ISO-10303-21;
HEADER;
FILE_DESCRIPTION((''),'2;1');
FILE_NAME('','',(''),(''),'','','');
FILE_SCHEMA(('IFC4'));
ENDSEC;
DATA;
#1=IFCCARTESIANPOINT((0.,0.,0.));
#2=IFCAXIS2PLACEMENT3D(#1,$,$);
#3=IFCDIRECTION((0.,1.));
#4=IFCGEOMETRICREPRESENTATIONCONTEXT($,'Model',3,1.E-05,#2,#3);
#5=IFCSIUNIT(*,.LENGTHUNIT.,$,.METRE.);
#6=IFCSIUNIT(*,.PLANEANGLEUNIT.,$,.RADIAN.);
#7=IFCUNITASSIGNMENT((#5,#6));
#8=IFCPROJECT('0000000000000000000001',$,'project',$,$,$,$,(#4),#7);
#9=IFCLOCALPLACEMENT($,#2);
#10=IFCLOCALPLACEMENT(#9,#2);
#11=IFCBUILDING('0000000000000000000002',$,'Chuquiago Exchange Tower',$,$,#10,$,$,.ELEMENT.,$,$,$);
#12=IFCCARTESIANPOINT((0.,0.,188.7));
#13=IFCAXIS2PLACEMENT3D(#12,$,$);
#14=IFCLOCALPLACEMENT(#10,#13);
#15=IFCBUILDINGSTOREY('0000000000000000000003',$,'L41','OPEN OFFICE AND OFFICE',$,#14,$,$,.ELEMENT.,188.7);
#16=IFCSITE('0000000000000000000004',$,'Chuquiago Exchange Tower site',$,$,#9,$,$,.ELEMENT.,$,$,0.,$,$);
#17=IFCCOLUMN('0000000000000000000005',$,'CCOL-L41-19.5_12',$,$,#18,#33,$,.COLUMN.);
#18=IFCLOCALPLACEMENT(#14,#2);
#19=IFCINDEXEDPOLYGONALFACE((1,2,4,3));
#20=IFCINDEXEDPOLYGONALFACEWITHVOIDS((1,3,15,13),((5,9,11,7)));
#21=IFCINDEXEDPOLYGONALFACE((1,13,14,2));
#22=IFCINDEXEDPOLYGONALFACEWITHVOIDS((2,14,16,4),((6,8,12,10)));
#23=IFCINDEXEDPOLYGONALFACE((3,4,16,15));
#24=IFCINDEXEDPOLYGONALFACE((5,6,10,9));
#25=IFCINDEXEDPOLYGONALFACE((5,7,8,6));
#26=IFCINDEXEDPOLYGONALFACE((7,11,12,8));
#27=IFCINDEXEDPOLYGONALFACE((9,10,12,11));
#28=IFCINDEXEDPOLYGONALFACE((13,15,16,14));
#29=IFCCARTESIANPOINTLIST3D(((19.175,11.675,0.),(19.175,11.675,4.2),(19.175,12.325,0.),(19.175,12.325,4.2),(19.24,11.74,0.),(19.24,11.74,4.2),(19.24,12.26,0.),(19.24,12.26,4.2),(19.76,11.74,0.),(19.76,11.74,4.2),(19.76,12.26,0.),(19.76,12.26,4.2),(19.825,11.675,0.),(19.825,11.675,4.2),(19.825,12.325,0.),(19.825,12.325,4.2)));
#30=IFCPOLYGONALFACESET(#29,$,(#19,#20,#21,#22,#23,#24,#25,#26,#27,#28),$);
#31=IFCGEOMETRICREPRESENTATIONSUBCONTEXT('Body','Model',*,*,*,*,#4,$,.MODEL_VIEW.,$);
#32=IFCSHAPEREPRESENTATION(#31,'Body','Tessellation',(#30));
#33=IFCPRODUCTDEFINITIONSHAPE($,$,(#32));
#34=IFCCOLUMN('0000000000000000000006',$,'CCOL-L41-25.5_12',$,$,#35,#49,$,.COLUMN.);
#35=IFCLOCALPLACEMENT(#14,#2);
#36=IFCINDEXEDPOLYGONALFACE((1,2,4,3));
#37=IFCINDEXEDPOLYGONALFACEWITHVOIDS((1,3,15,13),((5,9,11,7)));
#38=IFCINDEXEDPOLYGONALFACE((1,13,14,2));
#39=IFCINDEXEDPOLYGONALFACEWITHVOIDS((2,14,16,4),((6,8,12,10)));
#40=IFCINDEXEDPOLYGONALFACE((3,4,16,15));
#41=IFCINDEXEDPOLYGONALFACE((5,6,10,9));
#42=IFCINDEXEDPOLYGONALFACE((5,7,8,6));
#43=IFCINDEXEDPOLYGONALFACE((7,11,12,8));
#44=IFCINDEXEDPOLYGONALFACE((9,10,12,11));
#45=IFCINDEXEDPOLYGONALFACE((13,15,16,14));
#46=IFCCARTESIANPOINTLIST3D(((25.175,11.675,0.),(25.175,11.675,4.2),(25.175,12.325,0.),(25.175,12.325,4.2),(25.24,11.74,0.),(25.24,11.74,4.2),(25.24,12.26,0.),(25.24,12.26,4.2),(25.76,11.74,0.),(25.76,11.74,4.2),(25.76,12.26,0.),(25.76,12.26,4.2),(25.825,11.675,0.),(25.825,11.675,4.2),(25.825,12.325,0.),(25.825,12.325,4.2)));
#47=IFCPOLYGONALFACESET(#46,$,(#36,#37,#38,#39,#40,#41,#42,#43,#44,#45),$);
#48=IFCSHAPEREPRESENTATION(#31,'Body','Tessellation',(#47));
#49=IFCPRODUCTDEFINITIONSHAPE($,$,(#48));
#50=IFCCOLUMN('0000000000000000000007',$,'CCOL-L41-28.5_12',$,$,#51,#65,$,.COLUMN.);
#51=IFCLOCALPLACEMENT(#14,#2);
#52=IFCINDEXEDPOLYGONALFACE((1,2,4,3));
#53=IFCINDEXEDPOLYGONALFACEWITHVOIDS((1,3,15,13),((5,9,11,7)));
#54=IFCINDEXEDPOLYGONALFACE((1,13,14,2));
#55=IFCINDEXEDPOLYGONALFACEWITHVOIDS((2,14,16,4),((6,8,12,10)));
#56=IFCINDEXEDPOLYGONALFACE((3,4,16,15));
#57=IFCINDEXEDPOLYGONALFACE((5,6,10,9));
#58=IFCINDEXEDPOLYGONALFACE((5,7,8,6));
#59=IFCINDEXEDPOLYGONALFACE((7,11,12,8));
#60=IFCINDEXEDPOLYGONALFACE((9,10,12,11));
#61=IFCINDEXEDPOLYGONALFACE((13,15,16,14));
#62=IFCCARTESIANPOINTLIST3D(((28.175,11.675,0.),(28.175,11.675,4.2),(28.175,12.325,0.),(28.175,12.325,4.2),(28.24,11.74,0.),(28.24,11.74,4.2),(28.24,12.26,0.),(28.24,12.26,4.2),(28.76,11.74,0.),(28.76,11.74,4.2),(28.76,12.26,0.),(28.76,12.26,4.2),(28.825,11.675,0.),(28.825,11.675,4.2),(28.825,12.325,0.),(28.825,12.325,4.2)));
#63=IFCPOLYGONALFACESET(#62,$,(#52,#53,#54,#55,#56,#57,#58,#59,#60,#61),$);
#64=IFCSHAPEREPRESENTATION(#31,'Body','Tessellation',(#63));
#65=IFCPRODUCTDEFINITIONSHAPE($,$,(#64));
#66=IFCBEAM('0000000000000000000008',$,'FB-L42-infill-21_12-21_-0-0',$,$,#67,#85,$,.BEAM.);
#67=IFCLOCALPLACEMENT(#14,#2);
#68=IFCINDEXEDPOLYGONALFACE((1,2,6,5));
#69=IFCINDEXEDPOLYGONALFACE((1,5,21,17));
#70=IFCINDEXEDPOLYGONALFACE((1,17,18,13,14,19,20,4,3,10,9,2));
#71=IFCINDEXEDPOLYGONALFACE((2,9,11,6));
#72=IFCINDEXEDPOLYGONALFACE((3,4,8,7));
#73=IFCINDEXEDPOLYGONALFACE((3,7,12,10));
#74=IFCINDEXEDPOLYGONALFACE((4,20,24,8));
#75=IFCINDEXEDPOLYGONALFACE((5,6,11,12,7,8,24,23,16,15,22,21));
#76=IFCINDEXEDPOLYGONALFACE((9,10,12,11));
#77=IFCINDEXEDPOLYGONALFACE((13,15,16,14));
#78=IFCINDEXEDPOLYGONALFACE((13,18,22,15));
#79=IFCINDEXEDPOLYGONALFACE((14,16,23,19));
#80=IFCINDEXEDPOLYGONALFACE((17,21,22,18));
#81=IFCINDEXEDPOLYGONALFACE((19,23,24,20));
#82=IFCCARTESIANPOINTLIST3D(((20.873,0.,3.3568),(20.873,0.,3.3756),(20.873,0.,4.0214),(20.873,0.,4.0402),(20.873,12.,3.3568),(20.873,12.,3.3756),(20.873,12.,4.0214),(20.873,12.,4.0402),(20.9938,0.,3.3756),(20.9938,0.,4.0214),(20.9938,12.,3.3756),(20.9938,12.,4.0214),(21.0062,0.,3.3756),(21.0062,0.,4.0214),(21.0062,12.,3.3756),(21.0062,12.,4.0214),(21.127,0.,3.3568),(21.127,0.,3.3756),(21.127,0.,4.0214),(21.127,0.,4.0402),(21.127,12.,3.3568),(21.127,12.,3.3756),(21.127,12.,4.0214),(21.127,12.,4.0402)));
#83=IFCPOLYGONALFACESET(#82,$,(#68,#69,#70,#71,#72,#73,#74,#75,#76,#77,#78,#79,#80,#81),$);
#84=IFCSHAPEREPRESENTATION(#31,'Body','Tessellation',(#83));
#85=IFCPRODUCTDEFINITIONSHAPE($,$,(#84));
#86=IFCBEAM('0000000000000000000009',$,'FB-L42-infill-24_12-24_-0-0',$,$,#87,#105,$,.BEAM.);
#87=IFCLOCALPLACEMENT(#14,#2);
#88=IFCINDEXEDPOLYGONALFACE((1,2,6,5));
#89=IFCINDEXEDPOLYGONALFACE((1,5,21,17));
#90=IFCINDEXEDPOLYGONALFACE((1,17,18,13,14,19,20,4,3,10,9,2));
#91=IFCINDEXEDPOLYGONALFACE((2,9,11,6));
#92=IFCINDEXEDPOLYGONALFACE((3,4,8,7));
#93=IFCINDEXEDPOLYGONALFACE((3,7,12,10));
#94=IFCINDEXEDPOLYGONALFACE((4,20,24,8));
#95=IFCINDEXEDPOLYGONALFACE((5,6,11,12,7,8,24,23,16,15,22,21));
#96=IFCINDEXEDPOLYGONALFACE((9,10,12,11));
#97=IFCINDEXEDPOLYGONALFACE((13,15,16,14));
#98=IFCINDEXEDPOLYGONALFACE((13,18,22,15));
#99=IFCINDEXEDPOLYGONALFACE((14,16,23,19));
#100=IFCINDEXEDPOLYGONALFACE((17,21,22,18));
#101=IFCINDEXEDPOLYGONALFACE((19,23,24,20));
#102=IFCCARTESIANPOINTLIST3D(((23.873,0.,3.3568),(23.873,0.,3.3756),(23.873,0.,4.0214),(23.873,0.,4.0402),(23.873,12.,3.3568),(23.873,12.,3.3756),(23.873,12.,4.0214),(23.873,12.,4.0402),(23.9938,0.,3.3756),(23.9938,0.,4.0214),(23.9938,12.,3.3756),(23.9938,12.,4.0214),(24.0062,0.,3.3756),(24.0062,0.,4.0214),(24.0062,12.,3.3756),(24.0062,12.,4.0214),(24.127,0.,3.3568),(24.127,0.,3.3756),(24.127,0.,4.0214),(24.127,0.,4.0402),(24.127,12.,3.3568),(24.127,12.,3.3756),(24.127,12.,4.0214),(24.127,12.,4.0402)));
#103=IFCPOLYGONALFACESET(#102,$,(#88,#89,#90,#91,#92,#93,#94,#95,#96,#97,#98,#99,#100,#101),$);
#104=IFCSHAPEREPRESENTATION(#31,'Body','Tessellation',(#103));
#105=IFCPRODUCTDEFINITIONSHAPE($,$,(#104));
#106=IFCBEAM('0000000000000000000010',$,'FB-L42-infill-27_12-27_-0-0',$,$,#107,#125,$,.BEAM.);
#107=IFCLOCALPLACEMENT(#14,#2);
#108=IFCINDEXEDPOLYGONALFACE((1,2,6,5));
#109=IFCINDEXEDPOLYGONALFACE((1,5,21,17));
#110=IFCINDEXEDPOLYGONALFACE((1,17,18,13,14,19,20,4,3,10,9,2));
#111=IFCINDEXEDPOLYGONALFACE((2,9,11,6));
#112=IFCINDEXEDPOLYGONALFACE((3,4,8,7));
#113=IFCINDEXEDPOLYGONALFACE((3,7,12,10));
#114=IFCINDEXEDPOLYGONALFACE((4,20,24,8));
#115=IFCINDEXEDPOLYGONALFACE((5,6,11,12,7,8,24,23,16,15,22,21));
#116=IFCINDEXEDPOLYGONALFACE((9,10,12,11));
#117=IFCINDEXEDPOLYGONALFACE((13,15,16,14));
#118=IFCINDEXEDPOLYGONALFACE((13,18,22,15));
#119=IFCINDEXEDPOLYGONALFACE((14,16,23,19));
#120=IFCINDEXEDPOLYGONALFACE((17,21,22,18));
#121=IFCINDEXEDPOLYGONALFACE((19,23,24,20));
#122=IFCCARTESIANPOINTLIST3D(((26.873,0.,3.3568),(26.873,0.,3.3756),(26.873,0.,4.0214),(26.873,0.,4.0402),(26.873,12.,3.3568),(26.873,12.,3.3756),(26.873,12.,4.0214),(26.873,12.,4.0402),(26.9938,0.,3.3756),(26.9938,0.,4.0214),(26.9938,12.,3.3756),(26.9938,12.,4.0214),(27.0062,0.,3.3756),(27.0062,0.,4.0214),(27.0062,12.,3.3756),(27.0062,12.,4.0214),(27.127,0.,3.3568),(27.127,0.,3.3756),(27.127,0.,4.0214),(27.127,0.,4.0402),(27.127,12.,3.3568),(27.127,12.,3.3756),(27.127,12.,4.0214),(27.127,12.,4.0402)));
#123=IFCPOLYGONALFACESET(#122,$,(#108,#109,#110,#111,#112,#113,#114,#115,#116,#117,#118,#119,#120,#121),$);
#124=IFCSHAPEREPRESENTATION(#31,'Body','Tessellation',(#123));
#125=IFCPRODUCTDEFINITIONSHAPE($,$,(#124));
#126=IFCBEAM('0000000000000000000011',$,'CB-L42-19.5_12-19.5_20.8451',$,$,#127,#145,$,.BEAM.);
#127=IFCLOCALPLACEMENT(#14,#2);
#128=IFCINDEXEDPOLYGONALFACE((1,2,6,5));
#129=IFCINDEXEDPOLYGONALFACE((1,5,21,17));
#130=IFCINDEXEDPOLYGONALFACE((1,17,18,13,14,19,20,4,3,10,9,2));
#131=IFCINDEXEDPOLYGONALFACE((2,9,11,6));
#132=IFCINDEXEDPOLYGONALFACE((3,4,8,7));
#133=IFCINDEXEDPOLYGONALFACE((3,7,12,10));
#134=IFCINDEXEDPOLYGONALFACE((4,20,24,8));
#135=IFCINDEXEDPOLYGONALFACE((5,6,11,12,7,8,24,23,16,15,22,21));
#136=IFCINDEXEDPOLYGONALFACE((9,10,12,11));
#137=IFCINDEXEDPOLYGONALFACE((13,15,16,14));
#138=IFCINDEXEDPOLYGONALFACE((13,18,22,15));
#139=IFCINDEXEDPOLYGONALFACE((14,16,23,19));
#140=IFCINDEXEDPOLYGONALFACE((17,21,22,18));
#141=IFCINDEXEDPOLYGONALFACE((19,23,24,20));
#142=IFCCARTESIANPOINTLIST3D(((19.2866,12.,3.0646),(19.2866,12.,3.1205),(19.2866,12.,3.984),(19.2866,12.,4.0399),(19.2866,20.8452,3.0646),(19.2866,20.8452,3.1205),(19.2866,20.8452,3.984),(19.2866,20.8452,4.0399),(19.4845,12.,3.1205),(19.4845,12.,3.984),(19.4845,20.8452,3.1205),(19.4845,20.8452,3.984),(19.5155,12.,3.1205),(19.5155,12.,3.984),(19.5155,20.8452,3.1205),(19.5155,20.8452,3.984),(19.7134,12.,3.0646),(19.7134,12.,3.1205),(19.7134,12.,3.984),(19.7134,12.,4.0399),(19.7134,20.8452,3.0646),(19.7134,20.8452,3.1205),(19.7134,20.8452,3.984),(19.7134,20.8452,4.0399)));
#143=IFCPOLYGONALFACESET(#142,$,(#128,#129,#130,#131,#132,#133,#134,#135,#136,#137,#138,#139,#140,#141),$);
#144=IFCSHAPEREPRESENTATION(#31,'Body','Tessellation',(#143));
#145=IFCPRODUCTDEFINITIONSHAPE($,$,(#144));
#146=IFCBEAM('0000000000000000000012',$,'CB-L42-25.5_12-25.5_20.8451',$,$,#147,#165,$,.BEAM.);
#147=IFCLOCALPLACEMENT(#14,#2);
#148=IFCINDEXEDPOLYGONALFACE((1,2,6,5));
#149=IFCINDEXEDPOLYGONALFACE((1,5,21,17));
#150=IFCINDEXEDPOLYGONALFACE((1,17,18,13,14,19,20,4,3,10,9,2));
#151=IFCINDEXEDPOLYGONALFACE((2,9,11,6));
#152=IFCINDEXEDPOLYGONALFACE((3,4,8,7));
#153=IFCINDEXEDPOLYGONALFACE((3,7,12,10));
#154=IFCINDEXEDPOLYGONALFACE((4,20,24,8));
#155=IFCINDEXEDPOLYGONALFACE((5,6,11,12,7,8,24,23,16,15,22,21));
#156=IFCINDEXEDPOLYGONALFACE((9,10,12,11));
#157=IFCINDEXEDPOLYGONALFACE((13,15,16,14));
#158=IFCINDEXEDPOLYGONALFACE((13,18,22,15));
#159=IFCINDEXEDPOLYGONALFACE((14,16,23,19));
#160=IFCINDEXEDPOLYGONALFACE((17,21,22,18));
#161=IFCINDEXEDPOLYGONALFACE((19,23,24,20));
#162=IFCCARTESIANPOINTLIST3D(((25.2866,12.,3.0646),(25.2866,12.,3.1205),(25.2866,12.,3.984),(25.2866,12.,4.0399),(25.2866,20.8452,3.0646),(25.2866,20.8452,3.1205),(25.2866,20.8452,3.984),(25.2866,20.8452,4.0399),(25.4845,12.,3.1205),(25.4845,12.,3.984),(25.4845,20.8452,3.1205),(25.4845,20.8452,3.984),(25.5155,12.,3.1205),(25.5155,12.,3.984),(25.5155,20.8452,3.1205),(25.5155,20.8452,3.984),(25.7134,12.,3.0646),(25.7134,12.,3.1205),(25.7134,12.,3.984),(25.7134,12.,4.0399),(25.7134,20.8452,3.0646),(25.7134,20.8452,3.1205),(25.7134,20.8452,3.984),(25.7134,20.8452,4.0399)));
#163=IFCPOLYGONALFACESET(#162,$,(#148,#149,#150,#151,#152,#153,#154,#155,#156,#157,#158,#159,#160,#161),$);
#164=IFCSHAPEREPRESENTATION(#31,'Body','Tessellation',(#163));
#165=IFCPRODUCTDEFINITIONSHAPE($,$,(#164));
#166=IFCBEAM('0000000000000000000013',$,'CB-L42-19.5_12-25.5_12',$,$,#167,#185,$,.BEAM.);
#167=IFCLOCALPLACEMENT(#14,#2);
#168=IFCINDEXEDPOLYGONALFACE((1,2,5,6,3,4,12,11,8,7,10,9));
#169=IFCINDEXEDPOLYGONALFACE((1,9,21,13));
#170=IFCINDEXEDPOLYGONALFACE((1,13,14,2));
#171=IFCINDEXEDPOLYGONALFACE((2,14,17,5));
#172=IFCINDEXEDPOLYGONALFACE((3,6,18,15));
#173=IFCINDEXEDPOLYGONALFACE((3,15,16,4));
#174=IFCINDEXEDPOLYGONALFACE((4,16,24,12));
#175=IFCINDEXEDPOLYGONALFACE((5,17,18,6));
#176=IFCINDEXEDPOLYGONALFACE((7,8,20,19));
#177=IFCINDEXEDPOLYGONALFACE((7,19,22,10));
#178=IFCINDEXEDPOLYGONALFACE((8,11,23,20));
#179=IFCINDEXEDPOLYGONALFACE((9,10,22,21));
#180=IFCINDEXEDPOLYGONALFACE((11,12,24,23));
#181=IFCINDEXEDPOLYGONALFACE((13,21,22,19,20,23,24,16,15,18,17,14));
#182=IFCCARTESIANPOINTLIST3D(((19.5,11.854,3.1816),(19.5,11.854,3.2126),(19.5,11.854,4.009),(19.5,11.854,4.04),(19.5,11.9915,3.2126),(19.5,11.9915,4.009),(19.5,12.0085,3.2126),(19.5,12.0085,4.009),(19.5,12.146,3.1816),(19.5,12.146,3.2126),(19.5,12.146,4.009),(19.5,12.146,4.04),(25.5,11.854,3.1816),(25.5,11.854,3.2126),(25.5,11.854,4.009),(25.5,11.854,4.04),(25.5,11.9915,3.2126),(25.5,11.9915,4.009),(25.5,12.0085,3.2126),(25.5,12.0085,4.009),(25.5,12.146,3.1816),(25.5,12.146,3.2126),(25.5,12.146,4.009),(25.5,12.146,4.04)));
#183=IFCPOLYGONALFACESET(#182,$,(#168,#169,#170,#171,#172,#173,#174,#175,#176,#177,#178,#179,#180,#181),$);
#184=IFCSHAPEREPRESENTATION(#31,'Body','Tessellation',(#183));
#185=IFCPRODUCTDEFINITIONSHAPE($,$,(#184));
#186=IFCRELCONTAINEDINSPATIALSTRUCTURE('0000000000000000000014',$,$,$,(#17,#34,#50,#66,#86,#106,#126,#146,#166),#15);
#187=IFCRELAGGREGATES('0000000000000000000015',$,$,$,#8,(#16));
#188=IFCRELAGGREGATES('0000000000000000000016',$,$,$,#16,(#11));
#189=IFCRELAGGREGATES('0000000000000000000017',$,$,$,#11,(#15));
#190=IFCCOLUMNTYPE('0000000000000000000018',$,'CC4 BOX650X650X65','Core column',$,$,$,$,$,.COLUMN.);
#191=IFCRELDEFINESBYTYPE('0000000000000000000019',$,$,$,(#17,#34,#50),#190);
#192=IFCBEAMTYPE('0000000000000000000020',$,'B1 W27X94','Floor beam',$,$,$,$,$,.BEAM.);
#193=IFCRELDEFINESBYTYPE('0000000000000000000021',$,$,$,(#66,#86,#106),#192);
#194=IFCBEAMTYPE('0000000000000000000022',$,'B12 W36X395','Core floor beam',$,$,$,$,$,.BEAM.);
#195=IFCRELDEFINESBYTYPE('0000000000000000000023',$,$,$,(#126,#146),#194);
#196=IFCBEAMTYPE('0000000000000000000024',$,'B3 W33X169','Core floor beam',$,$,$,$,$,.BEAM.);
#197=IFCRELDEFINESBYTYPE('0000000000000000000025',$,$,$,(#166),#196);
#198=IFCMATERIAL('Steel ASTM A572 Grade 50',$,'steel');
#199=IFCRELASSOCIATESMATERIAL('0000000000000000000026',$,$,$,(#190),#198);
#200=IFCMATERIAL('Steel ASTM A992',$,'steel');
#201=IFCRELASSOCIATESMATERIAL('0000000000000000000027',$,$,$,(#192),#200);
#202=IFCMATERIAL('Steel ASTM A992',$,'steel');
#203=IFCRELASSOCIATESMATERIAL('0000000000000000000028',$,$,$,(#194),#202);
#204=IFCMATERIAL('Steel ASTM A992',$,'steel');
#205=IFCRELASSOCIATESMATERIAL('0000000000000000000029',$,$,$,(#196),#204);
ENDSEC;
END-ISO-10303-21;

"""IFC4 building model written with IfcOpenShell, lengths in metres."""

from ifc_helpers import new_model, si_unit, direction, frame, origin, origin_2d, place, context, subcontext, project, spatial, hollow_rectangle, i_section, extrude, material, material_profile, profile_set, type_object, element, save


model = new_model("IFC4")

# Units and contexts
model_context = context("Model", 3, precision=1e-05, world=origin(), true_north=direction((0.0, 1.0)))
body_context = subcontext(model_context, "Body", "Model", "MODEL_VIEW")
ifc_project = project(units=[si_unit("LENGTHUNIT", "METRE"), si_unit("PLANEANGLEUNIT", "RADIAN")], contexts=[model_context])

# Site, building, storey
site_placement = place(None, origin())
site = spatial("IfcSite", under=ifc_project, at=site_placement, Name="Chuquiago Exchange Tower site", CompositionType="ELEMENT", RefElevation=0.0)
building_placement = place(site_placement, origin())
building = spatial("IfcBuilding", under=site, at=building_placement, Name="Chuquiago Exchange Tower", CompositionType="ELEMENT")
storey_placement = place(building_placement, frame((0.0, 0.0, 188.7)))
storey = spatial("IfcBuildingStorey", under=building, at=storey_placement, Name="L41", Description="OPEN OFFICE AND OFFICE", CompositionType="ELEMENT", Elevation=188.7)

# Columns
ifc_material_1 = material(Name="Steel ASTM A572 Grade 50", Category="steel")
ifc_material_profile_1 = material_profile(ifc_material_1, hollow_rectangle(XDim=0.6499, YDim=0.6499, WallThickness=0.0649, at=origin_2d()), Name="BOX650X650X65")
ifc_profile_set_1 = profile_set([ifc_material_profile_1], Name="Steel ASTM A572 Grade 50")
column_type = type_object("IfcColumnType", Name="CC4 BOX650X650X65", Description="Core column", PredefinedType="COLUMN", material=ifc_profile_set_1)
for number, where, z_axis, x_axis, name in (
    (1, (19.5, 12.0, 0.0), (0.0, 0.0, 1.0), (1.0, 0.0, 0.0), "CCOL-L41-19.5_12"),
    (2, (25.5, 12.0, 0.0), (0.0, 0.0, 1.0), (1.0, 0.0, 0.0), "CCOL-L41-25.5_12"),
    (3, (28.5, 12.0, 0.0), (0.0, 0.0, 1.0), (1.0, 0.0, 0.0), "CCOL-L41-28.5_12"),
):
    element("IfcColumn", number, at=place(storey_placement, frame(where, z_axis=z_axis, x_axis=x_axis)), inside=storey, type_object=column_type, Name=name, PredefinedType="COLUMN", context=body_context, shape_type="SweptSolid", body=[
        extrude(hollow_rectangle(XDim=0.6499, YDim=0.6499, WallThickness=0.0649, at=origin_2d()), origin(), (0.0, 0.0, 1.0), 4.2),
    ])

# Beams
ifc_material_2 = material(Name="Steel ASTM A992", Category="steel")
ifc_material_profile_2 = material_profile(ifc_material_2, i_section(OverallWidth=0.2539, OverallDepth=0.6833, WebThickness=0.0125, FlangeThickness=0.0188, at=origin_2d()), Name="W27X94")
ifc_profile_set_2 = profile_set([ifc_material_profile_2], Name="Steel ASTM A992")
beam_type_1 = type_object("IfcBeamType", Name="B1 W27X94", Description="Floor beam", PredefinedType="BEAM", material=ifc_profile_set_2)
for number, where, z_axis, x_axis, name in (
    (4, (21.0, 12.0, 3.6985), (0.0, -1.0, 0.0), (1.0, 0.0, 0.0), "FB-L42-infill-21_12-21_-0-0"),
    (5, (24.0, 12.0, 3.6985), (0.0, -1.0, 0.0), (1.0, 0.0, 0.0), "FB-L42-infill-24_12-24_-0-0"),
    (6, (27.0, 12.0, 3.6985), (0.0, -1.0, 0.0), (1.0, 0.0, 0.0), "FB-L42-infill-27_12-27_-0-0"),
):
    element("IfcBeam", number, at=place(storey_placement, frame(where, z_axis=z_axis, x_axis=x_axis)), inside=storey, type_object=beam_type_1, Name=name, PredefinedType="BEAM", context=body_context, shape_type="SweptSolid", body=[
        extrude(i_section(OverallWidth=0.2539, OverallDepth=0.6833, WebThickness=0.0125, FlangeThickness=0.0188, at=origin_2d()), origin(), (0.0, 0.0, 1.0), 12.0),
    ])
ifc_material_3 = material(Name="Steel ASTM A992", Category="steel")
ifc_material_profile_3 = material_profile(ifc_material_3, i_section(OverallWidth=0.4268, OverallDepth=0.9753, WebThickness=0.031, FlangeThickness=0.0559, at=origin_2d()), Name="W36X395")
ifc_profile_set_3 = profile_set([ifc_material_profile_3], Name="Steel ASTM A992")
beam_type_2 = type_object("IfcBeamType", Name="B12 W36X395", Description="Core floor beam", PredefinedType="BEAM", material=ifc_profile_set_3)
for number, where, z_axis, x_axis, name in (
    (7, (19.5, 12.0, 3.5522), (0.0, 1.0, 0.0), (-1.0, 0.0, 0.0), "CB-L42-19.5_12-19.5_20.8451"),
    (8, (25.5, 12.0, 3.5522), (0.0, 1.0, 0.0), (-1.0, 0.0, 0.0), "CB-L42-25.5_12-25.5_20.8451"),
):
    element("IfcBeam", number, at=place(storey_placement, frame(where, z_axis=z_axis, x_axis=x_axis)), inside=storey, type_object=beam_type_2, Name=name, PredefinedType="BEAM", context=body_context, shape_type="SweptSolid", body=[
        extrude(i_section(OverallWidth=0.4268, OverallDepth=0.9753, WebThickness=0.031, FlangeThickness=0.0559, at=origin_2d()), origin(), (0.0, 0.0, 1.0), 8.8452),
    ])
ifc_material_4 = material(Name="Steel ASTM A992", Category="steel")
ifc_material_profile_4 = material_profile(ifc_material_4, i_section(OverallWidth=0.292, OverallDepth=0.8584, WebThickness=0.0171, FlangeThickness=0.031, at=origin_2d()), Name="W33X169")
ifc_profile_set_4 = profile_set([ifc_material_profile_4], Name="Steel ASTM A992")
beam_type_3 = type_object("IfcBeamType", Name="B3 W33X169", Description="Core floor beam", PredefinedType="BEAM", material=ifc_profile_set_4)
beam_1_placement = place(storey_placement, frame((19.5, 12.0, 3.6108), z_axis=(1.0, 0.0, 0.0), x_axis=(0.0, 1.0, 0.0)))
element("IfcBeam", 9, at=beam_1_placement, inside=storey, type_object=beam_type_3, Name="CB-L42-19.5_12-25.5_12", PredefinedType="BEAM", context=body_context, shape_type="SweptSolid", body=[
    extrude(i_section(OverallWidth=0.292, OverallDepth=0.8584, WebThickness=0.0171, FlangeThickness=0.031, at=origin_2d()), origin(), (0.0, 0.0, 1.0), 6.0),
])

save(model, "model.ifc")
